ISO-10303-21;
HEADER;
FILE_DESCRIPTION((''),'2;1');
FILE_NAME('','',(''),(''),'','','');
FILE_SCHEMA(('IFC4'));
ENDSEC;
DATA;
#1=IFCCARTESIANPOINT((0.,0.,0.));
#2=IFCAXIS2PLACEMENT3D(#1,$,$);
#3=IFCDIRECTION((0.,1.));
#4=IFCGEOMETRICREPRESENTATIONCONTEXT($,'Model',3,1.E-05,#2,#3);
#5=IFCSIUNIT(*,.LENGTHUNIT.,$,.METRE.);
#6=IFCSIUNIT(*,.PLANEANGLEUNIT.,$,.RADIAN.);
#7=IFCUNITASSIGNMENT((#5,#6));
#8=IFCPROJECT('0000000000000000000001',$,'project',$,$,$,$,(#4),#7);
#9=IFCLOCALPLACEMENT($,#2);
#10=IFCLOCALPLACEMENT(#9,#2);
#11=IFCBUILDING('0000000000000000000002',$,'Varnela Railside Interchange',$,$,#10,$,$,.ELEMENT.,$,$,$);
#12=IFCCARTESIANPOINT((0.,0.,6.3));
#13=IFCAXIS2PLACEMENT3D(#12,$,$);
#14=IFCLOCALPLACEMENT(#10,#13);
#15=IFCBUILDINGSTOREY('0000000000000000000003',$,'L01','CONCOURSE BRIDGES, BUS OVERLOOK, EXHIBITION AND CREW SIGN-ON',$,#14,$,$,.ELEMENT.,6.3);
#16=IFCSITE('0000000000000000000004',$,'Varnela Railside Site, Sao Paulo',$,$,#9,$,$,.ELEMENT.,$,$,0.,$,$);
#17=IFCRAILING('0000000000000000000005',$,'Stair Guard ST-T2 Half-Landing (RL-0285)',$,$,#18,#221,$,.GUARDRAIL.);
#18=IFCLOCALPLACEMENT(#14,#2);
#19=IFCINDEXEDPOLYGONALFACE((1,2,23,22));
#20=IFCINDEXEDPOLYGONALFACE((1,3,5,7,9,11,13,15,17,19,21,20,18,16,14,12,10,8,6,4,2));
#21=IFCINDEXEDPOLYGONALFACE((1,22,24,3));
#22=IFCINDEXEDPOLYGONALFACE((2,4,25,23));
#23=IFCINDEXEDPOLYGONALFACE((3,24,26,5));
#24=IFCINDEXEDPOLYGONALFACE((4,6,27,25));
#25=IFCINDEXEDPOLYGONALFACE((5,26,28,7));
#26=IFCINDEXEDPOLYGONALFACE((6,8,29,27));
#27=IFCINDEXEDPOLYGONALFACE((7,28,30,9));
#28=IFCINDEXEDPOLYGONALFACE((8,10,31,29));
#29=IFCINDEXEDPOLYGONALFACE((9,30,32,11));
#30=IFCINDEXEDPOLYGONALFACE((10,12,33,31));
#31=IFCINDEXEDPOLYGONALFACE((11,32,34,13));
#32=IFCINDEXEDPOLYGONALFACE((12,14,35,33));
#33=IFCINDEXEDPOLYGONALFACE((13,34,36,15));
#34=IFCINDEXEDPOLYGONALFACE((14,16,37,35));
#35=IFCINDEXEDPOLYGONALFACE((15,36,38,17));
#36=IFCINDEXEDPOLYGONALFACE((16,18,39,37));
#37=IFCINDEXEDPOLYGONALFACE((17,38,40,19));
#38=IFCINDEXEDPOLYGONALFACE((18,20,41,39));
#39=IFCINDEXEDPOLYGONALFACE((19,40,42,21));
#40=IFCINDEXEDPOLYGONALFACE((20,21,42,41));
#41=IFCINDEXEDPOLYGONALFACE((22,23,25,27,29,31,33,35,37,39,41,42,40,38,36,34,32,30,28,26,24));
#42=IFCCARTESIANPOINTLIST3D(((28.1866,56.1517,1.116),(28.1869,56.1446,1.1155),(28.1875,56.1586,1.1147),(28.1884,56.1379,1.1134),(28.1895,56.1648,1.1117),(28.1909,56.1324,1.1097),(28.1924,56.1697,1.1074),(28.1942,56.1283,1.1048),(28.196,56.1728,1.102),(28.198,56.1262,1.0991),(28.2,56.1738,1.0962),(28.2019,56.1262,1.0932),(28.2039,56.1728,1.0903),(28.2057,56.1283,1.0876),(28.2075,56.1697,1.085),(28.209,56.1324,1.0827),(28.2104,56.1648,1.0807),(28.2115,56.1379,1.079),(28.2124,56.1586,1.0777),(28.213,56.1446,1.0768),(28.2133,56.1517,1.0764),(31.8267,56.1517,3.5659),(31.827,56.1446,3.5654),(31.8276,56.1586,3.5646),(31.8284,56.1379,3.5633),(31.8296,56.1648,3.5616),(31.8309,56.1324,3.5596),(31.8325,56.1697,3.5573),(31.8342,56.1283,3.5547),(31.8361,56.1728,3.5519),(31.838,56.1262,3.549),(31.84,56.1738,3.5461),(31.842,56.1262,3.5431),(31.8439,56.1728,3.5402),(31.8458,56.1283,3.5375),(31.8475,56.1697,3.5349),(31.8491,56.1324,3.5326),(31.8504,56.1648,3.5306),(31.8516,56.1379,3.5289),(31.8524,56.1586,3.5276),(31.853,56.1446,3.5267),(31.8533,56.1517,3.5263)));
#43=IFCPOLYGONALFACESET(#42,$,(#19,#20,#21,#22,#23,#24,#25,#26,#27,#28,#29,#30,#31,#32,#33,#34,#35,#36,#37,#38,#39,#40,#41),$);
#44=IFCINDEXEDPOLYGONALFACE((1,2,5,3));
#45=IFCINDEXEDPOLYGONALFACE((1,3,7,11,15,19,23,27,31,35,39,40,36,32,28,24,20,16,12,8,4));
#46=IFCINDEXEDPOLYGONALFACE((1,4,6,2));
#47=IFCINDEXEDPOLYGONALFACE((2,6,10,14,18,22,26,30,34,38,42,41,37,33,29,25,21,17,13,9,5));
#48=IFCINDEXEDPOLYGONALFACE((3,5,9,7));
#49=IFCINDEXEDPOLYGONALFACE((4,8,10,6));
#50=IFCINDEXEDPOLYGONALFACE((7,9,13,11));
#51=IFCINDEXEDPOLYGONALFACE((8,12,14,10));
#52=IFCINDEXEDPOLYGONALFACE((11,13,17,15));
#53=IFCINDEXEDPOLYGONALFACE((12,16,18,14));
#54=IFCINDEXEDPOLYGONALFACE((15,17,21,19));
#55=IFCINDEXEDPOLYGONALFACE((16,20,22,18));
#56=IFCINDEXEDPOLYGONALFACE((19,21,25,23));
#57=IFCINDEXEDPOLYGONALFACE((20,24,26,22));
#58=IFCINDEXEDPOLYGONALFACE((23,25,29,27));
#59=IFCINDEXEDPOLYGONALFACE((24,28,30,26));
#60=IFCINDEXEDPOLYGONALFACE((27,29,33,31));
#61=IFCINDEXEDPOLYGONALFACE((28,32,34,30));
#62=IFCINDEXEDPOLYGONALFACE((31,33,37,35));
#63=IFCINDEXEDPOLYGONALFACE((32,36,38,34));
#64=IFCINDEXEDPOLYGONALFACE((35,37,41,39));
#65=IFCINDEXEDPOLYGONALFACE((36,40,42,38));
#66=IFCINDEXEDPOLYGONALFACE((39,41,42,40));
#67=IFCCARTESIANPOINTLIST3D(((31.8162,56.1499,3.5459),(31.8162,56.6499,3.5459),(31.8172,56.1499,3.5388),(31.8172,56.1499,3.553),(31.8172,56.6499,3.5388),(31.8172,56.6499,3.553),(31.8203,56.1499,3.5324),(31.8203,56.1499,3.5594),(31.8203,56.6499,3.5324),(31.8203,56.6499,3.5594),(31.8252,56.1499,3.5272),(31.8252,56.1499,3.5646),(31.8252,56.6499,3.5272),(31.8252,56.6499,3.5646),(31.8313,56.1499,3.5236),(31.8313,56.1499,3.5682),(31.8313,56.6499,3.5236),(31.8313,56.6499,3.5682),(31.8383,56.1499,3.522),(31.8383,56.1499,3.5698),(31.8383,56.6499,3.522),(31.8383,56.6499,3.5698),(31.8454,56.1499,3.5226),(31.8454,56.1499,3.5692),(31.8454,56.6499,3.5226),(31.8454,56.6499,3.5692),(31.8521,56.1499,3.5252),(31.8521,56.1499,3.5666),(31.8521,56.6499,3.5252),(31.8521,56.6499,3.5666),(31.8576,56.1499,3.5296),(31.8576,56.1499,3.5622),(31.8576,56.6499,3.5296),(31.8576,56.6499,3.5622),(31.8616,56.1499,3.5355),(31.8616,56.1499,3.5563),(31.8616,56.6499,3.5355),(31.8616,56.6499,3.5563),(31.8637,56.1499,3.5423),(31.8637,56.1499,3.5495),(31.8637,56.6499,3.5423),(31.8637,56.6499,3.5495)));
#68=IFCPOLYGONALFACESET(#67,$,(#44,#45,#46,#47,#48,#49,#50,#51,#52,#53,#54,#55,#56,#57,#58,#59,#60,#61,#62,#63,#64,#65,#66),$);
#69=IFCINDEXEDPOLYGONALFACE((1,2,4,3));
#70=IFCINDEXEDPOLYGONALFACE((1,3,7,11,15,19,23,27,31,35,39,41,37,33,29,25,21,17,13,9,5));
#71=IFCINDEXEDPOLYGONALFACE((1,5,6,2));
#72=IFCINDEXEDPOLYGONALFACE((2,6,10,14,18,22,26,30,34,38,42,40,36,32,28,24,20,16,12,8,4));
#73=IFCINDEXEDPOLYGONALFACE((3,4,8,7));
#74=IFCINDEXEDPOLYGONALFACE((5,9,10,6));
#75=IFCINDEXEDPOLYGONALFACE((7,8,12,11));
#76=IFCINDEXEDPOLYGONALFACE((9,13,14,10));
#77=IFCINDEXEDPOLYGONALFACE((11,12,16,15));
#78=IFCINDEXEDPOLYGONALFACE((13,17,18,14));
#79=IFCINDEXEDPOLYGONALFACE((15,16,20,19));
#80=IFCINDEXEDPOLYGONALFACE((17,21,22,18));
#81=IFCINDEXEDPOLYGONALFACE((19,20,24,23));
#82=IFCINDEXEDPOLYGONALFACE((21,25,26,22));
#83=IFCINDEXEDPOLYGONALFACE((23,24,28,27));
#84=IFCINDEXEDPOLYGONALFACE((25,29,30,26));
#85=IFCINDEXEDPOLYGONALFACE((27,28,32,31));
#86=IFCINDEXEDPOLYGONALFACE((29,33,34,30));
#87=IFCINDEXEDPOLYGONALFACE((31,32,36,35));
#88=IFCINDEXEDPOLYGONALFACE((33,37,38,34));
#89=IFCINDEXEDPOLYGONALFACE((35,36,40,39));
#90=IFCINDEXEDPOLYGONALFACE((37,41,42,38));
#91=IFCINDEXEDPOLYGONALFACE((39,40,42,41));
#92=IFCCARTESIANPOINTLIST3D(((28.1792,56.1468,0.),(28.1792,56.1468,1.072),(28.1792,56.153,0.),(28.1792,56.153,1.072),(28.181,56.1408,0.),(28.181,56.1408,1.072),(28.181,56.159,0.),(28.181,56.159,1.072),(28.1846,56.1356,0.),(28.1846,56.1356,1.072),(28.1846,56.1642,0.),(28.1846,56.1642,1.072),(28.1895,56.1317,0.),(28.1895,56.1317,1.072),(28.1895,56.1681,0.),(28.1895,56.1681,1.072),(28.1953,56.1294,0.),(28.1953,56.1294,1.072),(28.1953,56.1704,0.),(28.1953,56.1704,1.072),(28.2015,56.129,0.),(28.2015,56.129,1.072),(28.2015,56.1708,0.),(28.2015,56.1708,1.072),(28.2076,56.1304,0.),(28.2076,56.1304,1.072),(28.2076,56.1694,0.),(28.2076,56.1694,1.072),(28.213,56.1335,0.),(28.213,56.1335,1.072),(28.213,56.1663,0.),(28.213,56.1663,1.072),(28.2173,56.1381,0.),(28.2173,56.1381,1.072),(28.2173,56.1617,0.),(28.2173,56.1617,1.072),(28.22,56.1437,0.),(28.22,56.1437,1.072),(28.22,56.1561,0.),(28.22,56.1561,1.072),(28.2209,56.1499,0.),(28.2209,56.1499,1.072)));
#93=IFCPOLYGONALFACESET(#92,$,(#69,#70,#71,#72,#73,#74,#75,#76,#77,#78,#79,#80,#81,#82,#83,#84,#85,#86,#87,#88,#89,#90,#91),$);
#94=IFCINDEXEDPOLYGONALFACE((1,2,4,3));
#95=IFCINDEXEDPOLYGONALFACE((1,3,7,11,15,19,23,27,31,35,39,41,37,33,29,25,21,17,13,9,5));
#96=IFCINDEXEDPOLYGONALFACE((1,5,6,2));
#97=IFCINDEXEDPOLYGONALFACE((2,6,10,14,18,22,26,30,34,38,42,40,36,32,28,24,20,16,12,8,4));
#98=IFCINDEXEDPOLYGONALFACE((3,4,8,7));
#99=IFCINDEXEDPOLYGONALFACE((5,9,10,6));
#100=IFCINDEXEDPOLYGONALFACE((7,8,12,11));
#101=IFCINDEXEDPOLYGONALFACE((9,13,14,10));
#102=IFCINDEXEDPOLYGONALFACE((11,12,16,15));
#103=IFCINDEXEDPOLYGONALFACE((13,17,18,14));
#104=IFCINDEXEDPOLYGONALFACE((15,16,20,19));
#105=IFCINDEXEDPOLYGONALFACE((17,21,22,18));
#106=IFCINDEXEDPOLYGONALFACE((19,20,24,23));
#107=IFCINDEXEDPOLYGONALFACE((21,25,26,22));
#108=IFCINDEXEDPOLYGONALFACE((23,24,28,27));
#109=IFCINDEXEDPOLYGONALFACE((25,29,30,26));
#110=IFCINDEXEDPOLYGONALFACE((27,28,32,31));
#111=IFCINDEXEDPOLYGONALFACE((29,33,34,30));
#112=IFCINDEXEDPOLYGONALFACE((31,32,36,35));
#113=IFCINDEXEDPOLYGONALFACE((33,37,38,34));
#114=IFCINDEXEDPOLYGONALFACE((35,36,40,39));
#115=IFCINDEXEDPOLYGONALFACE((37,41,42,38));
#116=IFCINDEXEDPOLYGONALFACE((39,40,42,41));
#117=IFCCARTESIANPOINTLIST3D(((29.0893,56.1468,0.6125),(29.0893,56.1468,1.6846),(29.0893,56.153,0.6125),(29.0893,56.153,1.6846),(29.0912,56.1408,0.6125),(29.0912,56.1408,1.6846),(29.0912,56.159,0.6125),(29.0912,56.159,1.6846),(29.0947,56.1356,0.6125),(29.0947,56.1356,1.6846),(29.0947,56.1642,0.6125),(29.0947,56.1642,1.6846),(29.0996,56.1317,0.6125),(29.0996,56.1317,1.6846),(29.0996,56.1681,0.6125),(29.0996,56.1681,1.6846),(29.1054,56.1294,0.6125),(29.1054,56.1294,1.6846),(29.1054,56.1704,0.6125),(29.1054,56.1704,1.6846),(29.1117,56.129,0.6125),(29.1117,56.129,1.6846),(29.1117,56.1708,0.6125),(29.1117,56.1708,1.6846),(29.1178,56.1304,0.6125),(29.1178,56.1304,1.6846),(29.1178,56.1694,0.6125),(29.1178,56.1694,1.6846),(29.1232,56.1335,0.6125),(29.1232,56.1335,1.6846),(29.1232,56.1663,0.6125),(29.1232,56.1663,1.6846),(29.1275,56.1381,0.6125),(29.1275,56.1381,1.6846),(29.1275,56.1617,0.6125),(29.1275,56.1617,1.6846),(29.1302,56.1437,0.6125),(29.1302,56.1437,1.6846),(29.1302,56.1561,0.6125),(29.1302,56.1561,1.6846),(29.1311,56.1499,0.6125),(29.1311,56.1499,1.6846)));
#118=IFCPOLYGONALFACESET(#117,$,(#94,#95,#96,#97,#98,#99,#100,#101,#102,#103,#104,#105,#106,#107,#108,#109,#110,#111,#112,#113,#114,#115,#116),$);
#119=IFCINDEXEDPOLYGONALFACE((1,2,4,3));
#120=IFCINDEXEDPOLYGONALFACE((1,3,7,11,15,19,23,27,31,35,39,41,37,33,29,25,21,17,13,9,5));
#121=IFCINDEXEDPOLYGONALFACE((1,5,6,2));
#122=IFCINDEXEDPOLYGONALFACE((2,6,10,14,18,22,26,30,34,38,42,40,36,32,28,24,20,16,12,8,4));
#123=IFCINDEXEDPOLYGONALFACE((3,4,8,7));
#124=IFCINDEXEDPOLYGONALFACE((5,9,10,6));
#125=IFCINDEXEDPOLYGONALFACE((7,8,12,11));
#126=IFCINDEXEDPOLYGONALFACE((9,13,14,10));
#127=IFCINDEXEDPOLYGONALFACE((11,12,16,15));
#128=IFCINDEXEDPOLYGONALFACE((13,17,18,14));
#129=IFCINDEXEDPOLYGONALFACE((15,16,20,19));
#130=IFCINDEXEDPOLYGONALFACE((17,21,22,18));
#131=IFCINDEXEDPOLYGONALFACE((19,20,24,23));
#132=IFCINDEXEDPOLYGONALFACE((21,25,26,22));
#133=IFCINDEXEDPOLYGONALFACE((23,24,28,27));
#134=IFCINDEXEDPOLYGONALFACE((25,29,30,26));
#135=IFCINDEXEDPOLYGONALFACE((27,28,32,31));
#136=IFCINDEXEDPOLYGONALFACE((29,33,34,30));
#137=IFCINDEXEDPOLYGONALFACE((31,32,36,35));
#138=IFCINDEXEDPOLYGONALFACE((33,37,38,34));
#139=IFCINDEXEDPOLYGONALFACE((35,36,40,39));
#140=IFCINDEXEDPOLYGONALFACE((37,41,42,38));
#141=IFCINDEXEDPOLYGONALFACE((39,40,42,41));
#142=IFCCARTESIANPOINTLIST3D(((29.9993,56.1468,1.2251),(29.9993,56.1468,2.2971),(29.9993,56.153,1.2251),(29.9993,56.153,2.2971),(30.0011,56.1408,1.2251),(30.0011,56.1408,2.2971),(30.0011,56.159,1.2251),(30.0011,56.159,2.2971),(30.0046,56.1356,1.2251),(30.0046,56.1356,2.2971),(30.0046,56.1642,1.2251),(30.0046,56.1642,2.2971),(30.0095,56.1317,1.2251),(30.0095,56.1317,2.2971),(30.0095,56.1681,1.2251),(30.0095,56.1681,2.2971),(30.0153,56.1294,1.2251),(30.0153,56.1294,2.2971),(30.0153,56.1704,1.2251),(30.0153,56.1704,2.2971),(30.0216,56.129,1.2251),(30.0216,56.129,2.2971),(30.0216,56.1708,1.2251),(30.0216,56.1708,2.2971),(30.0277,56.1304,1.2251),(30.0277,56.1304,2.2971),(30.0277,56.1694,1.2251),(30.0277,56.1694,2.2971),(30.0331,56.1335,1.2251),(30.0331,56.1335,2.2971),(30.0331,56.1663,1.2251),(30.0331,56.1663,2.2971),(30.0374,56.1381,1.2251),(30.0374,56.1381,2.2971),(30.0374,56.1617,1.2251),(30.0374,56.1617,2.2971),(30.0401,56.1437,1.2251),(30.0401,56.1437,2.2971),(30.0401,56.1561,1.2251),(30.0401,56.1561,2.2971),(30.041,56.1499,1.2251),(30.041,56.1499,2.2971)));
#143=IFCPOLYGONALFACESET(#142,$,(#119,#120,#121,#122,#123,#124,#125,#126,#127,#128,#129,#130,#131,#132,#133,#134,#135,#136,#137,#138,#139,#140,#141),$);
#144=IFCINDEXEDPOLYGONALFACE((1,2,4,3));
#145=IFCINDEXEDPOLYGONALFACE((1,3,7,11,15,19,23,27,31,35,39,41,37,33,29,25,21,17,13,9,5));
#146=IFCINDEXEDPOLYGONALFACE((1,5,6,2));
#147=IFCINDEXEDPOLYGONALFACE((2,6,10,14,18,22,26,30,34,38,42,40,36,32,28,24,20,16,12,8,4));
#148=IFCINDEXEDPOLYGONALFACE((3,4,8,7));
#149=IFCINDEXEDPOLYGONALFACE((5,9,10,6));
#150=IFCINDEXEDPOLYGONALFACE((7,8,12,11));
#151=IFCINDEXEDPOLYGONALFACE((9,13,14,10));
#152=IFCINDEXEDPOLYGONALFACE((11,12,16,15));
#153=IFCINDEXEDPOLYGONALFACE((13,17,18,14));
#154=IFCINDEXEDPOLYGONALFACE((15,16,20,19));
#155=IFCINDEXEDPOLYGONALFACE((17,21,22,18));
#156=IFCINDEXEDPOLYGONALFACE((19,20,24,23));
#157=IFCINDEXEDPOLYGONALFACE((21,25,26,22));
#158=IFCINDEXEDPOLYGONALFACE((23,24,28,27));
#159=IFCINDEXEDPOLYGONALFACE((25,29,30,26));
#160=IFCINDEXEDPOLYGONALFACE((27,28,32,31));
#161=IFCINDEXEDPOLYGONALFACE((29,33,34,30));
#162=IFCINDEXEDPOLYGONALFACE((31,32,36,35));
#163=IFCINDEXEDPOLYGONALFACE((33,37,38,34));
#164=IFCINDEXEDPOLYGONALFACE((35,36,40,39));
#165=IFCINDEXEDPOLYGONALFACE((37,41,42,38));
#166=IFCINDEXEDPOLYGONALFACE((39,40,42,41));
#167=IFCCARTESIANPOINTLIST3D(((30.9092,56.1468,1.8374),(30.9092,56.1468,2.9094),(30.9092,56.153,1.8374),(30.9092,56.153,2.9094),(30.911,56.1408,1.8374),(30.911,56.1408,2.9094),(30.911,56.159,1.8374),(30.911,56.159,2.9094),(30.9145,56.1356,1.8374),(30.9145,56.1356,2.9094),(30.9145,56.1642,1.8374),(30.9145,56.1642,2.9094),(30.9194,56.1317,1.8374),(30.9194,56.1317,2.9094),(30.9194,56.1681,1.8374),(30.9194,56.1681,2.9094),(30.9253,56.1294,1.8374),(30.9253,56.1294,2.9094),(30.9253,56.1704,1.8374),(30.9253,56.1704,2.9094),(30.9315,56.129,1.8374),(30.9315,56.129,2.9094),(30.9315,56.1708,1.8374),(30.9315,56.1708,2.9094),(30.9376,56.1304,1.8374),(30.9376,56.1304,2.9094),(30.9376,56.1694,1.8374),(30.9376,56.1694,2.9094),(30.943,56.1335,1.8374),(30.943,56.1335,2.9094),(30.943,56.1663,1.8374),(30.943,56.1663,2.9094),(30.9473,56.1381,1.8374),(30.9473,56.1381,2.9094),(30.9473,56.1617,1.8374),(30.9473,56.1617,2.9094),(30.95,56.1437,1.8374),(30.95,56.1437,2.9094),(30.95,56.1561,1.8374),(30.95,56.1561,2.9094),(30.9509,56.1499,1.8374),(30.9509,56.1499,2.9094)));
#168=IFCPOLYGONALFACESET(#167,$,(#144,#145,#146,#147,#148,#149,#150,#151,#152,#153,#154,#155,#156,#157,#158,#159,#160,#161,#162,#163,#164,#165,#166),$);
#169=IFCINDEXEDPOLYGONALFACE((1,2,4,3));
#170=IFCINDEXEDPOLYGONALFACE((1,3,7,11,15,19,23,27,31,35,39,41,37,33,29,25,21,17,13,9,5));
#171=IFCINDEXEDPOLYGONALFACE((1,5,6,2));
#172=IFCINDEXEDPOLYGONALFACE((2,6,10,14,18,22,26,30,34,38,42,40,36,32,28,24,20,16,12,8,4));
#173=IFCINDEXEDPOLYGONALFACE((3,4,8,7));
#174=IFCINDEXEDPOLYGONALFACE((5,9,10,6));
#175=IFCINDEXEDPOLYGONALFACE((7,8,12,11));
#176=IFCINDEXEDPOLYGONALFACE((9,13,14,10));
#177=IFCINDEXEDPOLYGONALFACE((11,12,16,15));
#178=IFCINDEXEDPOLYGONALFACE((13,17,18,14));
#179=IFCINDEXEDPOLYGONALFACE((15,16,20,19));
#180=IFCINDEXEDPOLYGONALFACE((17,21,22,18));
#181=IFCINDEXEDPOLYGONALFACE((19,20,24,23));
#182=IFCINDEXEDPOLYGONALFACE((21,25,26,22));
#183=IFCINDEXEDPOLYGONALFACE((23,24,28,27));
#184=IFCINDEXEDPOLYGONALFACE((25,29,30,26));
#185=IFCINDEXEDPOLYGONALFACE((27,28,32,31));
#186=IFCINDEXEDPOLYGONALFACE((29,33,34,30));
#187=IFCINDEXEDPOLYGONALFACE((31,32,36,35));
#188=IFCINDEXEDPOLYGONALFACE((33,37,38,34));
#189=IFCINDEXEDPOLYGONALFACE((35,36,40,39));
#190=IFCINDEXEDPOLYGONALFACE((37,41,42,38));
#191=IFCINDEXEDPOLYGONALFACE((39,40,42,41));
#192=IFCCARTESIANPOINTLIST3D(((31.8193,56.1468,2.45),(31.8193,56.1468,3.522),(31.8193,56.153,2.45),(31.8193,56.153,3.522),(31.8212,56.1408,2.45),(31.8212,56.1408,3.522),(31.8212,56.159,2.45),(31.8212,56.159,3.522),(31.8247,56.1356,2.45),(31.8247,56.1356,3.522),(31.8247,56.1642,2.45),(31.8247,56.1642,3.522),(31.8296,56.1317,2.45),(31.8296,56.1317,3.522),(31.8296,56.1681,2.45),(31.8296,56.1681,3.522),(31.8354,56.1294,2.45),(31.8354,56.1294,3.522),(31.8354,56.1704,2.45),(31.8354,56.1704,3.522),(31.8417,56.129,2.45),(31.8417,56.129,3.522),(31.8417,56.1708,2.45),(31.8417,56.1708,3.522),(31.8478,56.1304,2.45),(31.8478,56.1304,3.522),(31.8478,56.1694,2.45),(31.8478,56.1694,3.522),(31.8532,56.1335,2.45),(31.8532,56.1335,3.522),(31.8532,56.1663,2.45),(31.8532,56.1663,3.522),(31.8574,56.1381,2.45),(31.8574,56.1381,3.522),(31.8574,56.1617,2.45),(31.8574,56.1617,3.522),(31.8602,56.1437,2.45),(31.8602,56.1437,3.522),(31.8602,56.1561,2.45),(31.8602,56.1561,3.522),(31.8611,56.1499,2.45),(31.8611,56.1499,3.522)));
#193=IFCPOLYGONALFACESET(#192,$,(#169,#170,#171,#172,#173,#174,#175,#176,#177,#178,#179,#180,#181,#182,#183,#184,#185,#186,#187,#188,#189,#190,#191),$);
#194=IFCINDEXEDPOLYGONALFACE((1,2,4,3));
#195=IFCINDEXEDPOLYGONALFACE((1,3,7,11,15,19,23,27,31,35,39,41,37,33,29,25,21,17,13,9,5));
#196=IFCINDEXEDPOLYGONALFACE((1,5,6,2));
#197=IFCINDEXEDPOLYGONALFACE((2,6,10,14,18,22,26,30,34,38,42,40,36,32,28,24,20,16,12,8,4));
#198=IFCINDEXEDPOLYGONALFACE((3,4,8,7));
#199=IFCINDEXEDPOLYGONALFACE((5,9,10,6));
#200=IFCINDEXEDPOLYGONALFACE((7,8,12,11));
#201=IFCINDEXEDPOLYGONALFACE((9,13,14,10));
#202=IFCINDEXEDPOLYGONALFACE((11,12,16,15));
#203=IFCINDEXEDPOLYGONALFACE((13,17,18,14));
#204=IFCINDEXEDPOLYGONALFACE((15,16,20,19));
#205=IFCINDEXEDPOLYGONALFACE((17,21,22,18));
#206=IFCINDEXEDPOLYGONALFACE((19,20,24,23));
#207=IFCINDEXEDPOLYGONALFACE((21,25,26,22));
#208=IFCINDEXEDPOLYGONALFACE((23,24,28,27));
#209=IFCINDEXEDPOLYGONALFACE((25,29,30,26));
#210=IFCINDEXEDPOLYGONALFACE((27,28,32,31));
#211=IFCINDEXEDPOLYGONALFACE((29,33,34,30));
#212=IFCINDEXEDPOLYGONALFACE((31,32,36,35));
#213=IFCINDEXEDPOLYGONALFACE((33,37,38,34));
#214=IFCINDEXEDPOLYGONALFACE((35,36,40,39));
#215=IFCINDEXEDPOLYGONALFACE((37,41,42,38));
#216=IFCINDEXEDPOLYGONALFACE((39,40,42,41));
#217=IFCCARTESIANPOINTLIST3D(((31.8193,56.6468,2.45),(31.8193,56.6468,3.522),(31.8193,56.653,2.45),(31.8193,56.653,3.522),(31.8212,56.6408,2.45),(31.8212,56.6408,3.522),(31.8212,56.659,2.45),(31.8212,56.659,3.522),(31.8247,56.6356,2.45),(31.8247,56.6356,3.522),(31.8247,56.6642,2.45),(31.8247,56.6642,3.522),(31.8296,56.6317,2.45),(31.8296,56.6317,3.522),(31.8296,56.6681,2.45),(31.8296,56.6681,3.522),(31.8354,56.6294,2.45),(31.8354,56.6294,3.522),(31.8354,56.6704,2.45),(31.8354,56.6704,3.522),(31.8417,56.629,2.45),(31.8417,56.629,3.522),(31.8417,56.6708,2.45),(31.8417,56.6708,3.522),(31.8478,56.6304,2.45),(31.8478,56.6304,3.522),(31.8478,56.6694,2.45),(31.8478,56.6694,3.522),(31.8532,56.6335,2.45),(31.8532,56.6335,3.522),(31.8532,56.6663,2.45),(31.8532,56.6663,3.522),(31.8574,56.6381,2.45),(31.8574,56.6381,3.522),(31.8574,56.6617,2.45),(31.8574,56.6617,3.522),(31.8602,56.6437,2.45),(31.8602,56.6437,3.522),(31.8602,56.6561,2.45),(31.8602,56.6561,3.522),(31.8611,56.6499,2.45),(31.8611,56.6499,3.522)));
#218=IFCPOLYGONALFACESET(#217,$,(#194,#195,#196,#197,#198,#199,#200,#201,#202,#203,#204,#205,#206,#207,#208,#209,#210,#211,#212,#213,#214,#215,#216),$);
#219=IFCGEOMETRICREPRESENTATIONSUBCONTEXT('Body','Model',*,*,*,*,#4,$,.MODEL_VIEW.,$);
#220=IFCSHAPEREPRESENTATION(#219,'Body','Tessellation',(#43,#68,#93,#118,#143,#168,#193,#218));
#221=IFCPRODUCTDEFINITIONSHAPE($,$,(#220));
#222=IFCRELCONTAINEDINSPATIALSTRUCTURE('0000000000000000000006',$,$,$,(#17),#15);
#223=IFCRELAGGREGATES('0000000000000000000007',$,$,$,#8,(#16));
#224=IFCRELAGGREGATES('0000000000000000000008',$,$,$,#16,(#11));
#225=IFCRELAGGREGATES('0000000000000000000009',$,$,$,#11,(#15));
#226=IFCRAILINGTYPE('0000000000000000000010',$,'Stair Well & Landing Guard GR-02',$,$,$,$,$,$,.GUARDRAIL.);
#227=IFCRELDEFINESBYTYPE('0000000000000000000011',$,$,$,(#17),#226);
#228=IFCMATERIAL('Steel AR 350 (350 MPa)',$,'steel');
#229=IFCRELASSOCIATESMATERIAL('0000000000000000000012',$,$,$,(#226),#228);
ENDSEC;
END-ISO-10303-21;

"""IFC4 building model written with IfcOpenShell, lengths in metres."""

from ifc_helpers import new_model, si_unit, direction, frame, origin, origin_2d, place, context, subcontext, project, spatial, circle, extrude, material, type_object, element, save


model = new_model("IFC4")

# Units and contexts
model_context = context("Model", 3, precision=1e-05, world=origin(), true_north=direction((0.0, 1.0)))
body_context = subcontext(model_context, "Body", "Model", "MODEL_VIEW")
ifc_project = project(units=[si_unit("LENGTHUNIT", "METRE"), si_unit("PLANEANGLEUNIT", "RADIAN")], contexts=[model_context])

# Site, building, storey
site_placement = place(None, origin())
site = spatial("IfcSite", under=ifc_project, at=site_placement, Name="Varnela Railside Site, Sao Paulo", CompositionType="ELEMENT", RefElevation=0.0)
building_placement = place(site_placement, origin())
building = spatial("IfcBuilding", under=site, at=building_placement, Name="Varnela Railside Interchange", CompositionType="ELEMENT")
storey_placement = place(building_placement, frame((0.0, 0.0, 6.3)))
storey = spatial("IfcBuildingStorey", under=building, at=storey_placement, Name="L01", Description="CONCOURSE BRIDGES, BUS OVERLOOK, EXHIBITION AND CREW SIGN-ON", CompositionType="ELEMENT", Elevation=6.3)

# Shared definitions
ifc_material_1 = material(Name="Steel AR 350 (350 MPa)", Category="steel")

# Railing
railing_type_1 = type_object("IfcRailingType", Name="Stair Well & Landing Guard GR-02", PredefinedType="GUARDRAIL", material=ifc_material_1)
railing_1_placement = place(storey_placement, frame((28.2, 56.1499, 0.0)))
element("IfcRailing", 1, at=railing_1_placement, inside=storey, type_object=railing_type_1, Name="Stair Guard ST-T2 Half-Landing (RL-0285)", PredefinedType="GUARDRAIL", context=body_context, shape_type="SweptSolid", body=[
    extrude(circle(Radius=0.0239, at=origin_2d()), frame((0.0, 0.0, 1.0962), z_axis=(0.829603, 0.0, 0.558354), x_axis=(0.0, 1.0, 0.0)), (0.0, 0.0, 1.0), 4.3877),
    extrude(circle(Radius=0.0239, at=origin_2d()), frame((3.6401, 0.0, 3.5459), z_axis=(0.0, 1.0, 0.0), x_axis=(-1.0, 0.0, 0.0)), (0.0, 0.0, 1.0), 0.5),
    extrude(circle(Radius=0.021, at=origin_2d()), origin(), (0.0, 0.0, 1.0), 1.072),
    extrude(circle(Radius=0.021, at=origin_2d()), frame((0.9102, 0.0, 0.6125)), (0.0, 0.0, 1.0), 1.072),
    extrude(circle(Radius=0.021, at=origin_2d()), frame((1.8201, 0.0, 1.2251)), (0.0, 0.0, 1.0), 1.072),
    extrude(circle(Radius=0.021, at=origin_2d()), frame((2.73, 0.0, 1.8374)), (0.0, 0.0, 1.0), 1.072),
    extrude(circle(Radius=0.021, at=origin_2d()), frame((3.6401, 0.0, 2.45)), (0.0, 0.0, 1.0), 1.072),
    extrude(circle(Radius=0.021, at=origin_2d()), frame((3.6401, 0.5, 2.45)), (0.0, 0.0, 1.0), 1.072),
])

save(model, "model.ifc")
